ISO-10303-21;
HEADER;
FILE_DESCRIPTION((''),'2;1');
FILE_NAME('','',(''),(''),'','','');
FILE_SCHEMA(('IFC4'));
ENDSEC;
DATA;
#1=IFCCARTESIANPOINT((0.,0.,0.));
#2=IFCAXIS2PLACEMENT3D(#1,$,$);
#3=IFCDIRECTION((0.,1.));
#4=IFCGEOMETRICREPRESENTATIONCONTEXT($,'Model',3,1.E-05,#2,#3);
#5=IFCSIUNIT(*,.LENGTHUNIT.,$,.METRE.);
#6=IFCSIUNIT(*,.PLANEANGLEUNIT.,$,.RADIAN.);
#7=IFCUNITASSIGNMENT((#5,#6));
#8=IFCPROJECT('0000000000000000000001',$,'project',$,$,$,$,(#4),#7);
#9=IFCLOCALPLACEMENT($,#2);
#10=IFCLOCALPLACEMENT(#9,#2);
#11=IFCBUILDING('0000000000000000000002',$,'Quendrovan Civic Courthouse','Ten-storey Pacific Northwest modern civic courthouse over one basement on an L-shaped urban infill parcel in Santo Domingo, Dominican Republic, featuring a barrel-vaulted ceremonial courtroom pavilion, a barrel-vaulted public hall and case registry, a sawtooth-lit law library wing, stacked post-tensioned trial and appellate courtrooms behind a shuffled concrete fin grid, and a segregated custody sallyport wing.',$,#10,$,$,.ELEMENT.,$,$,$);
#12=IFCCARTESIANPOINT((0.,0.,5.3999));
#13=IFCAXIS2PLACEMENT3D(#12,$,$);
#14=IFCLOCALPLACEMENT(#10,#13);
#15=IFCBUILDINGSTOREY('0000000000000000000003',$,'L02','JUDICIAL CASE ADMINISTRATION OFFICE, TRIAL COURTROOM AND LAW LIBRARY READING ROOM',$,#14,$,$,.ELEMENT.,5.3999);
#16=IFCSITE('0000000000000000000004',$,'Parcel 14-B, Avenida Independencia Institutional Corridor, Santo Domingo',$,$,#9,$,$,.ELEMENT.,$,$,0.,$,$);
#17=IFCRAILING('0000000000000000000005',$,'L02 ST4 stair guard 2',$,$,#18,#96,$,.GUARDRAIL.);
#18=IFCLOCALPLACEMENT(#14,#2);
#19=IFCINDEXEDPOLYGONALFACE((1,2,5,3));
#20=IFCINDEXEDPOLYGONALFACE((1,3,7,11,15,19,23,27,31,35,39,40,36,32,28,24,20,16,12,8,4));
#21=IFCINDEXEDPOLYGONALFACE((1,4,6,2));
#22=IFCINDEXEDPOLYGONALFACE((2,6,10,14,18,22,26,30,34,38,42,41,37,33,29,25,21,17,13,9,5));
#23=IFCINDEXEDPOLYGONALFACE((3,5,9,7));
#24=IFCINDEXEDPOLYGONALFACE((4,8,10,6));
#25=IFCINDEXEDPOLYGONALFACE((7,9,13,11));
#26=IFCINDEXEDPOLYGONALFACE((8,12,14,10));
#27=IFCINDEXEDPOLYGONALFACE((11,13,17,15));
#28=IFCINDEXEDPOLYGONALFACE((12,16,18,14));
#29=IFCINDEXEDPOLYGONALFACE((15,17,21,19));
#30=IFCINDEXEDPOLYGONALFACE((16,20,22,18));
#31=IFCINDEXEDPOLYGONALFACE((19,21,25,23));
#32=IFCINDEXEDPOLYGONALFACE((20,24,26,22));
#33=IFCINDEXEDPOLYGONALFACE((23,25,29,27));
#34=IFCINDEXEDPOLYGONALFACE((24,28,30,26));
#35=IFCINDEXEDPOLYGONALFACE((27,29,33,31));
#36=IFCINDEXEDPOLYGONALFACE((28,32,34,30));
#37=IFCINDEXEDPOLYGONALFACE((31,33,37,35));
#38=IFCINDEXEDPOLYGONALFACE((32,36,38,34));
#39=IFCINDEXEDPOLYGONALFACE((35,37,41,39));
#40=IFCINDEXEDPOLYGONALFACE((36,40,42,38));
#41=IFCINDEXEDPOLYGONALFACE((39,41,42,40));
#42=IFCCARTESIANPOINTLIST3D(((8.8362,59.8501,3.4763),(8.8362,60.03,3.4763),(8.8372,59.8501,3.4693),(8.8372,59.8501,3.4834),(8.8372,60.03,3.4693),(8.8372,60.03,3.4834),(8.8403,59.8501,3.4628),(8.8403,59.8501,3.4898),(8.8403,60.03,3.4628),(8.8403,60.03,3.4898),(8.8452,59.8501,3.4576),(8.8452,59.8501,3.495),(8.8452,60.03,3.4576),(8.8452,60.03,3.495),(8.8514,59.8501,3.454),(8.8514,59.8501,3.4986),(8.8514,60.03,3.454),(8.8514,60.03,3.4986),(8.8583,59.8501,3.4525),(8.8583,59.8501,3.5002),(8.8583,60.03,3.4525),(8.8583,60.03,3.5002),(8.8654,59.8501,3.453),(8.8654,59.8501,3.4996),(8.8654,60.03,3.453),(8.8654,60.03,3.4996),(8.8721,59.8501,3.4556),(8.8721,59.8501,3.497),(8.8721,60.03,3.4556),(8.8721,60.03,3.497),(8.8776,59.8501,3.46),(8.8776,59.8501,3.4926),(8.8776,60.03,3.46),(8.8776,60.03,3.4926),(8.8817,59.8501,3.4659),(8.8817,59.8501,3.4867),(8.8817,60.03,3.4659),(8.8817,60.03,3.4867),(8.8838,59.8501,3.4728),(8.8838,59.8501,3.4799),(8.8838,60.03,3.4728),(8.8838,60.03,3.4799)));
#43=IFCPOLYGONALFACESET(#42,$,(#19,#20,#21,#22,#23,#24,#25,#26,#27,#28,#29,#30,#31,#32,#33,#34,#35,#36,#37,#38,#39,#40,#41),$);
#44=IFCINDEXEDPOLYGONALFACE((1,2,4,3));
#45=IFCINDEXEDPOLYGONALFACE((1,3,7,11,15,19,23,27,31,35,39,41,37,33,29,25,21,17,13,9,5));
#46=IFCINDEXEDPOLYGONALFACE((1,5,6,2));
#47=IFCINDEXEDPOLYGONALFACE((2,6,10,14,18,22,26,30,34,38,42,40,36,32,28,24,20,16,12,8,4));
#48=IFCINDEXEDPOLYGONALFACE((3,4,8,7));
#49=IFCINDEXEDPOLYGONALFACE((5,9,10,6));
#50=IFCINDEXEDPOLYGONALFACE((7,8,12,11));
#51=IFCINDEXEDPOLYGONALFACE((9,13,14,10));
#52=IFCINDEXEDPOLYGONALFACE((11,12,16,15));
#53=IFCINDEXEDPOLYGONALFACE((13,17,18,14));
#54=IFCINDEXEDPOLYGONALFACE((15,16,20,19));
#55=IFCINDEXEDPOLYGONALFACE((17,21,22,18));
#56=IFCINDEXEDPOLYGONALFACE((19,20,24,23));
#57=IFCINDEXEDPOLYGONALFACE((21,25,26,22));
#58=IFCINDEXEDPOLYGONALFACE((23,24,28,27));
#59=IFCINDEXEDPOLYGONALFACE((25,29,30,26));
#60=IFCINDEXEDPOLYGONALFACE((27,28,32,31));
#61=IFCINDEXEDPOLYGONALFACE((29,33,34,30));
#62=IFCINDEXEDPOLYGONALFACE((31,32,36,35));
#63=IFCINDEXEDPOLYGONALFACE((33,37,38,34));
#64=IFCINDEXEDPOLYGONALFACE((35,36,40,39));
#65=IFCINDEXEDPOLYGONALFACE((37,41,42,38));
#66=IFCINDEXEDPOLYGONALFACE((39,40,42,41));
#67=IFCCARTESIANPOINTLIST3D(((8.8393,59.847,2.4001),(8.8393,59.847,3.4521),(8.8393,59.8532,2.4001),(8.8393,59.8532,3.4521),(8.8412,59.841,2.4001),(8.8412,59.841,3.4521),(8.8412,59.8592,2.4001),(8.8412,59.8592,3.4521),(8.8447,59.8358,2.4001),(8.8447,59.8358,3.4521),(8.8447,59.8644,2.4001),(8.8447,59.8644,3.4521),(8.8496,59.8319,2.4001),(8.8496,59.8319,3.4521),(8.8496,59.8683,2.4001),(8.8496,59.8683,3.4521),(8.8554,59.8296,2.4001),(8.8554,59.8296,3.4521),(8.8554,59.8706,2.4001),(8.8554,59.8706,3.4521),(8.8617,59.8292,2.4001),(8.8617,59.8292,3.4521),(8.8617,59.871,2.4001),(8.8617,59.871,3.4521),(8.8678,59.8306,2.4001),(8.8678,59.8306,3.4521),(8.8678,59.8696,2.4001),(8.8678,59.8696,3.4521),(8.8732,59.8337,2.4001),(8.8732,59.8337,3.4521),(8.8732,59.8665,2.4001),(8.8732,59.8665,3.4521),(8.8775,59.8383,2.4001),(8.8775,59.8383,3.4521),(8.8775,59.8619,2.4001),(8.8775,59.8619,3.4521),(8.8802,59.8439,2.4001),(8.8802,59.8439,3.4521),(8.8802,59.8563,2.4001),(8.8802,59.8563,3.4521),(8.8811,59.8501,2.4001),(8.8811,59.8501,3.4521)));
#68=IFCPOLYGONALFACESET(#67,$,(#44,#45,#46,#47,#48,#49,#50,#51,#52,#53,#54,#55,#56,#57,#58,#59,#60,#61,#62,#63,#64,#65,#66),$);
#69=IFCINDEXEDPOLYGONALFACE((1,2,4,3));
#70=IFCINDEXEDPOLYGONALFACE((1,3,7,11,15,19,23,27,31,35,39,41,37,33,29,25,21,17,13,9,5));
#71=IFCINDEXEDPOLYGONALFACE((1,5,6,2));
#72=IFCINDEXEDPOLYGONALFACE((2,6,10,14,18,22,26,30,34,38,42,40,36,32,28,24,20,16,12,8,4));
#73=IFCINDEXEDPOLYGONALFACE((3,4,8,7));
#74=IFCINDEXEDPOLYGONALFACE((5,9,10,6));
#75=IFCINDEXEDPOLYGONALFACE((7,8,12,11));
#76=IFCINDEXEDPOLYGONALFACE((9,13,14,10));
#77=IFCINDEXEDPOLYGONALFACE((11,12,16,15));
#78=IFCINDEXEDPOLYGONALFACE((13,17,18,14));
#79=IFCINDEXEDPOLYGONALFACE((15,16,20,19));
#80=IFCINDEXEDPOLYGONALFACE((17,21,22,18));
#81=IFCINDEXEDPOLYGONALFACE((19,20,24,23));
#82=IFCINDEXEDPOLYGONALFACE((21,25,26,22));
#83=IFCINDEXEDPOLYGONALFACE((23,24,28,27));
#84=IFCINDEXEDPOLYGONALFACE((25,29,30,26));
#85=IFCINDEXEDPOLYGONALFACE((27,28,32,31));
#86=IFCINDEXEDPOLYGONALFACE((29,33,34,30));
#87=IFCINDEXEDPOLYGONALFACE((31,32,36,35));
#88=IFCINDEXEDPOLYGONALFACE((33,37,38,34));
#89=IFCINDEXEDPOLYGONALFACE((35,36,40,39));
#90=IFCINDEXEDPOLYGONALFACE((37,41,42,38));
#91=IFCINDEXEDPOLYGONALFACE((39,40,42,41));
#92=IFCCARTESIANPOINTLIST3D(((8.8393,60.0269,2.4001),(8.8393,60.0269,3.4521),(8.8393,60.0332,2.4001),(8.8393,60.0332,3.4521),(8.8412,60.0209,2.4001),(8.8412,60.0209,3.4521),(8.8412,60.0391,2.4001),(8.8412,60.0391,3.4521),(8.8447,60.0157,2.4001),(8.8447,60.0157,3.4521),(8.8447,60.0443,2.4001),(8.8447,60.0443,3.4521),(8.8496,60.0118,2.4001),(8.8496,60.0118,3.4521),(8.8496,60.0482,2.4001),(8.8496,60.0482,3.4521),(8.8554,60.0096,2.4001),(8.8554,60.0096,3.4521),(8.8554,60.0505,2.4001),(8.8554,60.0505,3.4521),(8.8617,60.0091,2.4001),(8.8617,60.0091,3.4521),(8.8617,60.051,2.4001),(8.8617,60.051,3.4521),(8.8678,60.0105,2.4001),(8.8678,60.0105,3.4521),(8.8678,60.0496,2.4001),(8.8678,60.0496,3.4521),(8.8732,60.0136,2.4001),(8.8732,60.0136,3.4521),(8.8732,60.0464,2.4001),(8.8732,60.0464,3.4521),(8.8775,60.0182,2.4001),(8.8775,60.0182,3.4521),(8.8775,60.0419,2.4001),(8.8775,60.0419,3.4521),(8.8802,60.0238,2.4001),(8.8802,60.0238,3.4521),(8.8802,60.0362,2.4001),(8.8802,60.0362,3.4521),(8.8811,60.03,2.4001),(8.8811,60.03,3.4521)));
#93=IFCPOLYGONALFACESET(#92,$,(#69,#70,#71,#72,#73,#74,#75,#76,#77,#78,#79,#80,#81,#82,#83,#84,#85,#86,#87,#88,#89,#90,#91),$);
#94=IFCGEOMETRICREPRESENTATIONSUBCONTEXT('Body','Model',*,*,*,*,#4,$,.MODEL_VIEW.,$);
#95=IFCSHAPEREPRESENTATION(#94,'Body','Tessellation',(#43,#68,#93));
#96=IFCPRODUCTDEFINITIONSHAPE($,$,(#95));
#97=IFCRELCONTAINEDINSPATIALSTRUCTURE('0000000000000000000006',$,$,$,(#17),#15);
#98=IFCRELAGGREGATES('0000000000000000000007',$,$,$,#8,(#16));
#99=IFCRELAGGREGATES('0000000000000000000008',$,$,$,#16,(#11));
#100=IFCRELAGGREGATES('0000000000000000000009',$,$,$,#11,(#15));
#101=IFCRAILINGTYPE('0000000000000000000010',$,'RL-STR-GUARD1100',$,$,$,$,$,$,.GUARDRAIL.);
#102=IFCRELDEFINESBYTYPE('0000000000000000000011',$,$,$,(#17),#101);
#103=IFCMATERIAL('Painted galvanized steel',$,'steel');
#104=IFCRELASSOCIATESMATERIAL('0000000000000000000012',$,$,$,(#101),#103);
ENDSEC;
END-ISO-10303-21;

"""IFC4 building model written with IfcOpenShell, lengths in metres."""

from ifc_helpers import new_model, si_unit, direction, frame, origin, origin_2d, place, context, subcontext, project, spatial, circle, extrude, material, type_object, element, save


model = new_model("IFC4")

# Units and contexts
model_context = context("Model", 3, precision=1e-05, world=origin(), true_north=direction((0.0, 1.0)))
body_context = subcontext(model_context, "Body", "Model", "MODEL_VIEW")
ifc_project = project(units=[si_unit("LENGTHUNIT", "METRE"), si_unit("PLANEANGLEUNIT", "RADIAN")], contexts=[model_context])

# Site, building, storey
site_placement = place(None, origin())
site = spatial("IfcSite", under=ifc_project, at=site_placement, Name="Parcel 14-B, Avenida Independencia Institutional Corridor, Santo Domingo", CompositionType="ELEMENT", RefElevation=0.0)
building_placement = place(site_placement, origin())
building = spatial("IfcBuilding", under=site, at=building_placement, Name="Quendrovan Civic Courthouse", Description="Ten-storey Pacific Northwest modern civic courthouse over one basement on an L-shaped urban infill parcel in Santo Domingo, Dominican Republic, featuring a barrel-vaulted ceremonial courtroom pavilion, a barrel-vaulted public hall and case registry, a sawtooth-lit law library wing, stacked post-tensioned trial and appellate courtrooms behind a shuffled concrete fin grid, and a segregated custody sallyport wing.", CompositionType="ELEMENT")
storey_placement = place(building_placement, frame((0.0, 0.0, 5.3999)))
storey = spatial("IfcBuildingStorey", under=building, at=storey_placement, Name="L02", Description="JUDICIAL CASE ADMINISTRATION OFFICE, TRIAL COURTROOM AND LAW LIBRARY READING ROOM", CompositionType="ELEMENT", Elevation=5.3999)

# Railing
ifc_material_1 = material(Name="Painted galvanized steel", Category="steel")
railing_type_1 = type_object("IfcRailingType", Name="RL-STR-GUARD1100", PredefinedType="GUARDRAIL", material=ifc_material_1)
railing_1_placement = place(storey_placement, frame((8.8601, 59.8501, 2.4001)))
element("IfcRailing", 1, at=railing_1_placement, inside=storey, type_object=railing_type_1, Name="L02 ST4 stair guard 2", PredefinedType="GUARDRAIL", context=body_context, shape_type="SweptSolid", body=[
    extrude(circle(Radius=0.0239, at=origin_2d()), frame((0.0, 0.0, 1.0762), z_axis=(0.0, 1.0, 0.0), x_axis=(-1.0, 0.0, 0.0)), (0.0, 0.0, 1.0), 0.1799),
    extrude(circle(Radius=0.021, at=origin_2d()), origin(), (0.0, 0.0, 1.0), 1.052),
    extrude(circle(Radius=0.021, at=origin_2d()), frame((0.0, 0.1799, 0.0)), (0.0, 0.0, 1.0), 1.052),
])

save(model, "model.ifc")
